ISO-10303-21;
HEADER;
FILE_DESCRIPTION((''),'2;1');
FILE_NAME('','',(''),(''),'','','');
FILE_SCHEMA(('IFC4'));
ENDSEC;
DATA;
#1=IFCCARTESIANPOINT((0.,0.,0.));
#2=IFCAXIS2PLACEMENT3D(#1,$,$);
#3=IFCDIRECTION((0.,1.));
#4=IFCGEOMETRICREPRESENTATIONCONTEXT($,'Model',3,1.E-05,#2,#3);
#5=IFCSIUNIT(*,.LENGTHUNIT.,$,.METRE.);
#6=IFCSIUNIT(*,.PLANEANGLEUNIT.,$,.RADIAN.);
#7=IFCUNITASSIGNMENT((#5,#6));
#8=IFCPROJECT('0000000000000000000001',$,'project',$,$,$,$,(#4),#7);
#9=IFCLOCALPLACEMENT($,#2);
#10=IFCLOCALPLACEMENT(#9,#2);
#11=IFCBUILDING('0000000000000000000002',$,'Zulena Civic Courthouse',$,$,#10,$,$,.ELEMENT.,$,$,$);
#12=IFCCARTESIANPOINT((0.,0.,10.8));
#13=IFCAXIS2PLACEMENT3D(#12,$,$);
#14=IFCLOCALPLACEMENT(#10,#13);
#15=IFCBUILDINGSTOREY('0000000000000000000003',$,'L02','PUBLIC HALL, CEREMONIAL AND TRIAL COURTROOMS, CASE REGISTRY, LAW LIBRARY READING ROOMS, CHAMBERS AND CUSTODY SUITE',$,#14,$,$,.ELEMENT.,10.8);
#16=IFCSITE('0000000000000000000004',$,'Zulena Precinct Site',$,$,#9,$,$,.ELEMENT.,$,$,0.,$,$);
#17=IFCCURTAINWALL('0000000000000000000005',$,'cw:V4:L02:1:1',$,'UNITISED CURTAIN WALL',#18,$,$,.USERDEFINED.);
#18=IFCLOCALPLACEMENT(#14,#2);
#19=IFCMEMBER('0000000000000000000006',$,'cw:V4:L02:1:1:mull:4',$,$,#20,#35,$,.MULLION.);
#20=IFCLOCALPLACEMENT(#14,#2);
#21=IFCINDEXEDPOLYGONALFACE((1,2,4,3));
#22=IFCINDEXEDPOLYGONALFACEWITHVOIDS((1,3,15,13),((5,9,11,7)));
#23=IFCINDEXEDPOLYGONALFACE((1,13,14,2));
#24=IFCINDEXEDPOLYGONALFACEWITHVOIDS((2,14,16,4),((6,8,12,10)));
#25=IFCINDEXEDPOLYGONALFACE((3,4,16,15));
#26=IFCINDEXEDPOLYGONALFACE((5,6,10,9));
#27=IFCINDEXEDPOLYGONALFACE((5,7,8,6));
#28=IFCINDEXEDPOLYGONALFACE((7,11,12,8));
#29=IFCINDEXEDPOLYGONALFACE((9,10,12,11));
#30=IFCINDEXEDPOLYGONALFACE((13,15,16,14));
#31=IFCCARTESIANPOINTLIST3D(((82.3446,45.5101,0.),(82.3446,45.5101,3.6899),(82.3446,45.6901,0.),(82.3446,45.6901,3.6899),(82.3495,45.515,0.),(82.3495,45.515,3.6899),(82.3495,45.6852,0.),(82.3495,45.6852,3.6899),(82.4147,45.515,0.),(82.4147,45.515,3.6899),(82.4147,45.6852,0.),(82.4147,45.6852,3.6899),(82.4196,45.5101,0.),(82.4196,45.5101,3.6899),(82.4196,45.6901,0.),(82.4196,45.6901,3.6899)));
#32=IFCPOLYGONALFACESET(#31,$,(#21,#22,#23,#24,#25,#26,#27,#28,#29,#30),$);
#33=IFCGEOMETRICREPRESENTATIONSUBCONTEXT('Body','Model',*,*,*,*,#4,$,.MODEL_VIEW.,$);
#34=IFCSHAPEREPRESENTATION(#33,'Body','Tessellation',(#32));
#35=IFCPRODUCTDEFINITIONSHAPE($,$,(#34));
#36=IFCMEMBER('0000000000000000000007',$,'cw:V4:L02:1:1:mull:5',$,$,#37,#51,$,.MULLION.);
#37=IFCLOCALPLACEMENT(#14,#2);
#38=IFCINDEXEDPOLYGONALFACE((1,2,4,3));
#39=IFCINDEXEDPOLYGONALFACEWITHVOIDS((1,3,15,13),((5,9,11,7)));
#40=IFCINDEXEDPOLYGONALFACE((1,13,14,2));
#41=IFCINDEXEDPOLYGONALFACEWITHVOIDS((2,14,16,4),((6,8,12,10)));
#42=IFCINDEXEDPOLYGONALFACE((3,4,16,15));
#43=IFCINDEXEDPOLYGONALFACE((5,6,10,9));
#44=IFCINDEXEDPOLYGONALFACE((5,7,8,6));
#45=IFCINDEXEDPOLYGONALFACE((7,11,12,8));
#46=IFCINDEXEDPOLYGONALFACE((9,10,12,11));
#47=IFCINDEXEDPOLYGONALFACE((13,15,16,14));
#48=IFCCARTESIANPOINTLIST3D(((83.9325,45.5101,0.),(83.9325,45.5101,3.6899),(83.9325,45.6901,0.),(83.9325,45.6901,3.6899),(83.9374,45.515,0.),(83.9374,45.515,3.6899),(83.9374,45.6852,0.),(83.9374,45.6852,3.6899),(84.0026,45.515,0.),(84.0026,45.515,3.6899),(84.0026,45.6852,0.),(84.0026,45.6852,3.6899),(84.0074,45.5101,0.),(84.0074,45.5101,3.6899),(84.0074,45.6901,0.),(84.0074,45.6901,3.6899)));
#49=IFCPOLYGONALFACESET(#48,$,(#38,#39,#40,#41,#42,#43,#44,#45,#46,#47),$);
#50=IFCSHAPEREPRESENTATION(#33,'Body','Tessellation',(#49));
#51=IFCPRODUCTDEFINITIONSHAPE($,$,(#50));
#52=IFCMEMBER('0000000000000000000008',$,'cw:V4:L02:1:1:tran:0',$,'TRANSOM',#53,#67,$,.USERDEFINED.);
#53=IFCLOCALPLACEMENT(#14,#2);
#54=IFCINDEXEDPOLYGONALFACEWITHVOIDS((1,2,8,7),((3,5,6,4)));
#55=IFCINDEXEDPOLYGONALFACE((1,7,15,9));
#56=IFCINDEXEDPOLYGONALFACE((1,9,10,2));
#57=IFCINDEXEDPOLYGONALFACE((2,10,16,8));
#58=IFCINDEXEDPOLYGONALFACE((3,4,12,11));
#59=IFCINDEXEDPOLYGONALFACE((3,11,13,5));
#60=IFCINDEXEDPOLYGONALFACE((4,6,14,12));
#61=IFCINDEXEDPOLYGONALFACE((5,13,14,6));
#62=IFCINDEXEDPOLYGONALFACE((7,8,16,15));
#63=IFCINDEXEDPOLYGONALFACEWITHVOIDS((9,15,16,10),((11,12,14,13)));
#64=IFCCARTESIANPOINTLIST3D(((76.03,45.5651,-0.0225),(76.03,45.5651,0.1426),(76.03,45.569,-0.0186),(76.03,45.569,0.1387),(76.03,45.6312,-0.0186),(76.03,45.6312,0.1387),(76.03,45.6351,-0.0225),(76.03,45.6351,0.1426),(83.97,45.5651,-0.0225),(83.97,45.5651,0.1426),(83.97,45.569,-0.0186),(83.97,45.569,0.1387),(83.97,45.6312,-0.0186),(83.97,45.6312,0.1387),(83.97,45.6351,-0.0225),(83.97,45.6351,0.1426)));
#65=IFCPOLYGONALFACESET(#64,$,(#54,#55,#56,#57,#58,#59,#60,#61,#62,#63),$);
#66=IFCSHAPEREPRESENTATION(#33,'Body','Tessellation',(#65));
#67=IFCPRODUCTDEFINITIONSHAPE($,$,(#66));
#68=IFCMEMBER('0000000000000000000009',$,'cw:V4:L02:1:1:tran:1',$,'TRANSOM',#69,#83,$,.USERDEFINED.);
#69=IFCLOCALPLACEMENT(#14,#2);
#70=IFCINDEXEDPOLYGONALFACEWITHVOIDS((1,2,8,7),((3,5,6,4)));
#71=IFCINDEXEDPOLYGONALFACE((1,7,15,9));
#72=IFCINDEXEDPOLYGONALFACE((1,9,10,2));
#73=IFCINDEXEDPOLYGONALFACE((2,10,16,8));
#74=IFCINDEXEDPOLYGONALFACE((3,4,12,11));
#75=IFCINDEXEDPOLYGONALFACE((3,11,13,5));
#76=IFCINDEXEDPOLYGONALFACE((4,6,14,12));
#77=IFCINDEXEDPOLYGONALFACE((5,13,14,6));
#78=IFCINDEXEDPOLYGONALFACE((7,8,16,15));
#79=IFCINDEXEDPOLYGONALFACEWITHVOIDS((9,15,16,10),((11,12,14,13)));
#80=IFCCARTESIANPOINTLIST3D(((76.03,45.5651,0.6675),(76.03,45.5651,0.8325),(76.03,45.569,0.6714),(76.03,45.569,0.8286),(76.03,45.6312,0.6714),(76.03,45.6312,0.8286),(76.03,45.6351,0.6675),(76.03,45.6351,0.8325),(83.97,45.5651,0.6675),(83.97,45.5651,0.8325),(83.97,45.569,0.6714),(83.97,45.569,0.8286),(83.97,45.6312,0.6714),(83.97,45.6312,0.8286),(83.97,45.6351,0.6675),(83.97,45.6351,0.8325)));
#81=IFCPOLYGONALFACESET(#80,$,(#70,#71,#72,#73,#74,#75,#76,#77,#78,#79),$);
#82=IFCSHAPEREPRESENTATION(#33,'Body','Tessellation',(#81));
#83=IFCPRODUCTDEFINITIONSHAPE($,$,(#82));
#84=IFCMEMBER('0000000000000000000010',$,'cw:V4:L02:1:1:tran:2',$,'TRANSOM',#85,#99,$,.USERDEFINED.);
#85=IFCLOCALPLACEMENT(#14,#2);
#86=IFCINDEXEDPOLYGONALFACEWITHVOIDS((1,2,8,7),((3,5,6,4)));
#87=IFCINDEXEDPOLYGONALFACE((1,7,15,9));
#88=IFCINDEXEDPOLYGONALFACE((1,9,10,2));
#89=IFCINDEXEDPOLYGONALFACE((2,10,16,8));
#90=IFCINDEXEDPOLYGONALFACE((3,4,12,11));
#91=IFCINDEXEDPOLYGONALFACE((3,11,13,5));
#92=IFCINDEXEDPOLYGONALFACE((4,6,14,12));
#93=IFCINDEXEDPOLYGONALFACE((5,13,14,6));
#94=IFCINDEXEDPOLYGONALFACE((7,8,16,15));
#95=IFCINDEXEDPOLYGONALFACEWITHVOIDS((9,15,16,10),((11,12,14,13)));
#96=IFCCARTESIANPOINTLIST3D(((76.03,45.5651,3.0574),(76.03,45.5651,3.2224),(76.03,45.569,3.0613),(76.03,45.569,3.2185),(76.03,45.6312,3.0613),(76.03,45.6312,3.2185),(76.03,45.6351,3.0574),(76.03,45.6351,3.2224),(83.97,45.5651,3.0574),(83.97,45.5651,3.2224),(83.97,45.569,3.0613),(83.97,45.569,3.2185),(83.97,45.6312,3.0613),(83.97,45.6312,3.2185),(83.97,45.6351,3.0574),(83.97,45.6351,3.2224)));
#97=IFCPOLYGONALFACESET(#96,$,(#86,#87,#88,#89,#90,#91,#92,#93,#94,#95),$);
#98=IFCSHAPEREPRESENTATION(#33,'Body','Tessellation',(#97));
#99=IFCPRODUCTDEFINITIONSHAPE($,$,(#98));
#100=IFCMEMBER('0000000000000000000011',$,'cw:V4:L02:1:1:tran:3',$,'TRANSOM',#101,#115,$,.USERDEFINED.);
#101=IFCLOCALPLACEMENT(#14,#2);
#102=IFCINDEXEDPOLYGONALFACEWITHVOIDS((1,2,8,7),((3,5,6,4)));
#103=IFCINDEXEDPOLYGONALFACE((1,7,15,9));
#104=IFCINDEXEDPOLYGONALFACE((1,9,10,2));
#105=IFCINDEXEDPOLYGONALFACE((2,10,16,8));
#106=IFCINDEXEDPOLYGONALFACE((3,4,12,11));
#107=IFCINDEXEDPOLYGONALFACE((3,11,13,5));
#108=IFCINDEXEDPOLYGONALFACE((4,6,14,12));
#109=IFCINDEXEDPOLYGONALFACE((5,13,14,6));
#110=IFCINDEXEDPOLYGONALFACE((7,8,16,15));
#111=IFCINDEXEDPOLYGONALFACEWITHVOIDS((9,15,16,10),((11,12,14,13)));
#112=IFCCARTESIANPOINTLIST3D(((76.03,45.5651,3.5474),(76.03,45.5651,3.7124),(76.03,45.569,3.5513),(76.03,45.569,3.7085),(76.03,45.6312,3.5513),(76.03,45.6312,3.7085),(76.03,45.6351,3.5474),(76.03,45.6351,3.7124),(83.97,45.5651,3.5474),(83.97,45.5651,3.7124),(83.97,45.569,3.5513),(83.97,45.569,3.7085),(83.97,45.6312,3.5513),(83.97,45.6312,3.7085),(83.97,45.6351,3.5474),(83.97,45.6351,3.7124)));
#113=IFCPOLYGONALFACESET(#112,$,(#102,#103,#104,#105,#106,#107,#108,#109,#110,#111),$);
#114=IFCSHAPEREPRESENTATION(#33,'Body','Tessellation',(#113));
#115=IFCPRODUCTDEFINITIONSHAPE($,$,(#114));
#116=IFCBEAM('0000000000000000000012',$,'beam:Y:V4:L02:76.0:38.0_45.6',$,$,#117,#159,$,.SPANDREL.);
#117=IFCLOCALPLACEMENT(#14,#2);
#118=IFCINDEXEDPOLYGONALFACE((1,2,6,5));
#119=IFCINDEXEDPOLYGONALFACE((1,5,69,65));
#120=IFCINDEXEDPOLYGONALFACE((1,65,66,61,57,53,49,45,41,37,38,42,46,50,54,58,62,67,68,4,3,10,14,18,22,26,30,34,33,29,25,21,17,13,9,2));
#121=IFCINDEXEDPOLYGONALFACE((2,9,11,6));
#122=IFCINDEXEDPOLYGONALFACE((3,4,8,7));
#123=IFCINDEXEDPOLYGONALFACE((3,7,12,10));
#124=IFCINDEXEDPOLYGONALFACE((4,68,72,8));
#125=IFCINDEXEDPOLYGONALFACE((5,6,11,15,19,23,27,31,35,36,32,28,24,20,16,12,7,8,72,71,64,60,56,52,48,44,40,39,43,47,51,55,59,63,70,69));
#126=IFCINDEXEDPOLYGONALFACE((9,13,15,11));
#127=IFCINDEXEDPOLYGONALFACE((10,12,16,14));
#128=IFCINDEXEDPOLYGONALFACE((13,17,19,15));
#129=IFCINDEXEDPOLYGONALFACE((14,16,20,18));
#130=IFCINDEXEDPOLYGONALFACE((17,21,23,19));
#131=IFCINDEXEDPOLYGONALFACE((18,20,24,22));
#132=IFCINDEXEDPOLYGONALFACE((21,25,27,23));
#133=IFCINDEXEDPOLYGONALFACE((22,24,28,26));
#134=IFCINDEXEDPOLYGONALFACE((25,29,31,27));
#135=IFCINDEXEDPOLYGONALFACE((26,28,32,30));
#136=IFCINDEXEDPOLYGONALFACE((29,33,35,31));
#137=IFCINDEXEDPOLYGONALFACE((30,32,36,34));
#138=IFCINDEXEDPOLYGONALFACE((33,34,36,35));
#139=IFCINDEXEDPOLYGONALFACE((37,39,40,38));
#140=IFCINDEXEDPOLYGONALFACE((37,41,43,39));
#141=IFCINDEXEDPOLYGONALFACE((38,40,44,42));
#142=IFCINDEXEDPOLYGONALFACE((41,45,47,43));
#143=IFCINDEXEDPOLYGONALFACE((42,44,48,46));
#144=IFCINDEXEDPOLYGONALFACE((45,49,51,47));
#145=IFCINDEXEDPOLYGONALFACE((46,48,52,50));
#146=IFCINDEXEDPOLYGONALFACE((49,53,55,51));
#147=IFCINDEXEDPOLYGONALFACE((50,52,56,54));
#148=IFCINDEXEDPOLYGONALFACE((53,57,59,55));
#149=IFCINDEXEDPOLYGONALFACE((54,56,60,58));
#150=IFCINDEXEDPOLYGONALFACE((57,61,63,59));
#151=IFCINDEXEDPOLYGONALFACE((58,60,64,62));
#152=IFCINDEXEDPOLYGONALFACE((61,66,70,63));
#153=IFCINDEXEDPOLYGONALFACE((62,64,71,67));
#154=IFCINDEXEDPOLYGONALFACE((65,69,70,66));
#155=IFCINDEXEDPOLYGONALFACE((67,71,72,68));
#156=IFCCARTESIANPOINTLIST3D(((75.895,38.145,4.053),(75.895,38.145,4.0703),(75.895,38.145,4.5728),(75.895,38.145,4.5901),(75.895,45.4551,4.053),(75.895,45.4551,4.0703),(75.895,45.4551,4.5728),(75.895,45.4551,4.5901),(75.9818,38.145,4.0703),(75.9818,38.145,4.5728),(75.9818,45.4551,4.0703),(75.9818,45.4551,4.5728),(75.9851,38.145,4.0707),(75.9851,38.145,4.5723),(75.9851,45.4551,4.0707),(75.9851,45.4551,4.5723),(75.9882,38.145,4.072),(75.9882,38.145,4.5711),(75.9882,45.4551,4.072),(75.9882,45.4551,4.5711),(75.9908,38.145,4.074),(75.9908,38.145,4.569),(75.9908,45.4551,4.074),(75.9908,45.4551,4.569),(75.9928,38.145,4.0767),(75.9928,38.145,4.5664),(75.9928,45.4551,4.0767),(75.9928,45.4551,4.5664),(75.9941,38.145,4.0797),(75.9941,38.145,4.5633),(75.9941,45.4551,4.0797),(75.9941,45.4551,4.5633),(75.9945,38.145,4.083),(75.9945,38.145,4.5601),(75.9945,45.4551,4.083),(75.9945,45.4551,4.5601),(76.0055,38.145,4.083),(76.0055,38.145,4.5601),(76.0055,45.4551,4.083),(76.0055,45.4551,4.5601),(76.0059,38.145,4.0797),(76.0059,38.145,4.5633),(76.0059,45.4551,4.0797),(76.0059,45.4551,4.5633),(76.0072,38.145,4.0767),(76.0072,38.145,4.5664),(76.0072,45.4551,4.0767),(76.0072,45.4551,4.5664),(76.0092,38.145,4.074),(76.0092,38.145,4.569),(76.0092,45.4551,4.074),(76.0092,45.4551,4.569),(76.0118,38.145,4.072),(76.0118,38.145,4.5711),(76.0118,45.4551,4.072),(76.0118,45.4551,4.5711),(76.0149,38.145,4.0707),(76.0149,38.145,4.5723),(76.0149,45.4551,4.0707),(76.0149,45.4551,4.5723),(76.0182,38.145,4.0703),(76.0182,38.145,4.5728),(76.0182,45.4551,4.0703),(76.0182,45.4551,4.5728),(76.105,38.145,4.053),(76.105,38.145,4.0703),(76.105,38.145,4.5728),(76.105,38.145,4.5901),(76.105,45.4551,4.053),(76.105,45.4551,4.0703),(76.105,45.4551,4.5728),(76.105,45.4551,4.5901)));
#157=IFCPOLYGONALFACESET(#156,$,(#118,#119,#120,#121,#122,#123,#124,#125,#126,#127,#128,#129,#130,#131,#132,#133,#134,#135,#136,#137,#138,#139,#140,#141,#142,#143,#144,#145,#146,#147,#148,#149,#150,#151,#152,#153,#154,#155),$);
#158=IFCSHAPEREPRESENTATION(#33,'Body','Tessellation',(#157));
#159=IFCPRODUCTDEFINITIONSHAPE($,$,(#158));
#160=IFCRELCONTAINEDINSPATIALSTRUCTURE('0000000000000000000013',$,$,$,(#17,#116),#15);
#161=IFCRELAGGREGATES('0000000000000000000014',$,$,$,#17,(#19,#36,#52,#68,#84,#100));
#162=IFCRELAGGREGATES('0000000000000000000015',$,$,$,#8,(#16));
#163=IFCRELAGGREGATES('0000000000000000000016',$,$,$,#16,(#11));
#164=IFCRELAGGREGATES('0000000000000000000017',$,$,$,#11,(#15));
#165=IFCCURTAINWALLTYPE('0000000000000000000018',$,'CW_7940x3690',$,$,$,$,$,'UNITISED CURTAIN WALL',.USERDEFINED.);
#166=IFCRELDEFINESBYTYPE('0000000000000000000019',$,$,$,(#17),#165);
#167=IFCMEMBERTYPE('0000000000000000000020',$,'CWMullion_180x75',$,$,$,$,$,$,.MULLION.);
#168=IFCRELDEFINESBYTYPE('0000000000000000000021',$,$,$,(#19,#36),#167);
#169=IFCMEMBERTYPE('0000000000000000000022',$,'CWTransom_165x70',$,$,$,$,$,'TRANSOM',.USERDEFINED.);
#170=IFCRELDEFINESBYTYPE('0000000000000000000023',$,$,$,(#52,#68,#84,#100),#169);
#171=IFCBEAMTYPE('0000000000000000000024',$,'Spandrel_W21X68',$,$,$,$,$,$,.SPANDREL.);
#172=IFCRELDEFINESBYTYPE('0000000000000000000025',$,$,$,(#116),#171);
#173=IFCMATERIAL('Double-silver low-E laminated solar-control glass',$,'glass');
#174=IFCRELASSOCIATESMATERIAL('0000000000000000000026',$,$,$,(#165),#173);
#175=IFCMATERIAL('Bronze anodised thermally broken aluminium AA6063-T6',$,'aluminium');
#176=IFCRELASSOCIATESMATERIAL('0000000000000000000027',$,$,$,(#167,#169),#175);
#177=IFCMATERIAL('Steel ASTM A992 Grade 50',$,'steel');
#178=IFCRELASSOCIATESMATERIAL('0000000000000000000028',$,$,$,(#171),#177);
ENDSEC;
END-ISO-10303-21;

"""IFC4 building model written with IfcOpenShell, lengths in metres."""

from ifc_helpers import new_model, si_unit, direction, frame, origin, origin_2d, place, context, subcontext, project, spatial, hollow_rectangle, i_section, extrude, material, material_profile, profile_set, type_object, element, aggregate, save


model = new_model("IFC4")

# Units and contexts
model_context = context("Model", 3, precision=1e-05, world=origin(), true_north=direction((0.0, 1.0)))
body_context = subcontext(model_context, "Body", "Model", "MODEL_VIEW")
ifc_project = project(units=[si_unit("LENGTHUNIT", "METRE"), si_unit("PLANEANGLEUNIT", "RADIAN")], contexts=[model_context])

# Site, building, storey
site_placement = place(None, origin())
site = spatial("IfcSite", under=ifc_project, at=site_placement, Name="Zulena Precinct Site", CompositionType="ELEMENT", RefElevation=0.0)
building_placement = place(site_placement, origin())
building = spatial("IfcBuilding", under=site, at=building_placement, Name="Zulena Civic Courthouse", CompositionType="ELEMENT")
storey_placement = place(building_placement, frame((0.0, 0.0, 10.8)))
storey = spatial("IfcBuildingStorey", under=building, at=storey_placement, Name="L02", Description="PUBLIC HALL, CEREMONIAL AND TRIAL COURTROOMS, CASE REGISTRY, LAW LIBRARY READING ROOMS, CHAMBERS AND CUSTODY SUITE", CompositionType="ELEMENT", Elevation=10.8)

# Shared definitions
ifc_material_1 = material(Name="Steel ASTM A992 Grade 50", Category="steel")

# Curtain wall, members
ifc_material_2 = material(Name="Double-silver low-E laminated solar-control glass", Category="glass")
curtain_wall_type = type_object("IfcCurtainWallType", Name="CW_7940x3690", ElementType="UNITISED CURTAIN WALL", PredefinedType="USERDEFINED", material=ifc_material_2)
ifc_material_3 = material(Name="Bronze anodised thermally broken aluminium AA6063-T6", Category="aluminium")
ifc_material_profile_1 = material_profile(ifc_material_3, hollow_rectangle(XDim=0.075, YDim=0.1799, WallThickness=0.0049, at=origin_2d()), Name="CWM180X75X5")
ifc_profile_set_1 = profile_set([ifc_material_profile_1], Name="Bronze anodised thermally broken aluminium AA6063-T6")
member_type_1 = type_object("IfcMemberType", Name="CWMullion_180x75", PredefinedType="MULLION", material=ifc_profile_set_1)
curtain_wall_1_placement = place(storey_placement, origin())
curtain_wall_1 = element("IfcCurtainWall", 1, at=curtain_wall_1_placement, inside=storey, type_object=curtain_wall_type, Name="cw:V4:L02:1:1", ObjectType="UNITISED CURTAIN WALL", PredefinedType="USERDEFINED")
member_1_placement = place(storey_placement, frame((82.3821, 45.6001, 0.0), z_axis=(0.0, 0.0, 1.0), x_axis=(1.0, 0.0, 0.0)))
member_1 = element("IfcMember", 2, at=member_1_placement, type_object=member_type_1, Name="cw:V4:L02:1:1:mull:4", PredefinedType="MULLION", context=body_context, shape_type="SweptSolid", body=[
    extrude(hollow_rectangle(XDim=0.075, YDim=0.1799, WallThickness=0.0049, at=origin_2d()), origin(), (0.0, 0.0, 1.0), 3.6899),
])
member_2_placement = place(storey_placement, frame((83.97, 45.6001, 0.0), z_axis=(0.0, 0.0, 1.0), x_axis=(1.0, 0.0, 0.0)))
member_2 = element("IfcMember", 3, at=member_2_placement, type_object=member_type_1, Name="cw:V4:L02:1:1:mull:5", PredefinedType="MULLION", context=body_context, shape_type="SweptSolid", body=[
    extrude(hollow_rectangle(XDim=0.075, YDim=0.1799, WallThickness=0.0049, at=origin_2d()), origin(), (0.0, 0.0, 1.0), 3.6899),
])
ifc_material_profile_2 = material_profile(ifc_material_3, hollow_rectangle(XDim=0.0701, YDim=0.165, WallThickness=0.0039, at=origin_2d()), Name="CWT165X70X4")
ifc_profile_set_2 = profile_set([ifc_material_profile_2], Name="Bronze anodised thermally broken aluminium AA6063-T6")
member_type_2 = type_object("IfcMemberType", Name="CWTransom_165x70", ElementType="TRANSOM", PredefinedType="USERDEFINED", material=ifc_profile_set_2)
member_3_placement = place(storey_placement, frame((76.03, 45.6001, 0.0601), z_axis=(1.0, 0.0, 0.0), x_axis=(0.0, 1.0, 0.0)))
member_3 = element("IfcMember", 4, at=member_3_placement, type_object=member_type_2, Name="cw:V4:L02:1:1:tran:0", ObjectType="TRANSOM", PredefinedType="USERDEFINED", context=body_context, shape_type="SweptSolid", body=[
    extrude(hollow_rectangle(XDim=0.0701, YDim=0.165, WallThickness=0.0039, at=origin_2d()), origin(), (0.0, 0.0, 1.0), 7.9399),
])
member_4_placement = place(storey_placement, frame((76.03, 45.6001, 0.75), z_axis=(1.0, 0.0, 0.0), x_axis=(0.0, 1.0, 0.0)))
member_4 = element("IfcMember", 5, at=member_4_placement, type_object=member_type_2, Name="cw:V4:L02:1:1:tran:1", ObjectType="TRANSOM", PredefinedType="USERDEFINED", context=body_context, shape_type="SweptSolid", body=[
    extrude(hollow_rectangle(XDim=0.0701, YDim=0.165, WallThickness=0.0039, at=origin_2d()), origin(), (0.0, 0.0, 1.0), 7.9399),
])
member_5_placement = place(storey_placement, frame((76.03, 45.6001, 3.1399), z_axis=(1.0, 0.0, 0.0), x_axis=(0.0, 1.0, 0.0)))
member_5 = element("IfcMember", 6, at=member_5_placement, type_object=member_type_2, Name="cw:V4:L02:1:1:tran:2", ObjectType="TRANSOM", PredefinedType="USERDEFINED", context=body_context, shape_type="SweptSolid", body=[
    extrude(hollow_rectangle(XDim=0.0701, YDim=0.165, WallThickness=0.0039, at=origin_2d()), origin(), (0.0, 0.0, 1.0), 7.9399),
])
member_6_placement = place(storey_placement, frame((76.03, 45.6001, 3.6299), z_axis=(1.0, 0.0, 0.0), x_axis=(0.0, 1.0, 0.0)))
member_6 = element("IfcMember", 7, at=member_6_placement, type_object=member_type_2, Name="cw:V4:L02:1:1:tran:3", ObjectType="TRANSOM", PredefinedType="USERDEFINED", context=body_context, shape_type="SweptSolid", body=[
    extrude(hollow_rectangle(XDim=0.0701, YDim=0.165, WallThickness=0.0039, at=origin_2d()), origin(), (0.0, 0.0, 1.0), 7.9399),
])

# Beam
ifc_material_profile_3 = material_profile(ifc_material_1, i_section(OverallWidth=0.21, OverallDepth=0.5371, WebThickness=0.011, FlangeThickness=0.0173, FilletRadius=0.0127, at=origin_2d()), Name="W21X68")
ifc_profile_set_3 = profile_set([ifc_material_profile_3], Name="Steel ASTM A992 Grade 50")
beam_type_1 = type_object("IfcBeamType", Name="Spandrel_W21X68", PredefinedType="SPANDREL", material=ifc_profile_set_3)
for number, where, z_axis, x_axis, name in (
    (8, (76.0, 38.145, 4.3215), (0.0, 1.0, 0.0), (-1.0, 0.0, 0.0), "beam:Y:V4:L02:76.0:38.0_45.6"),
):
    element("IfcBeam", number, at=place(storey_placement, frame(where, z_axis=z_axis, x_axis=x_axis)), inside=storey, type_object=beam_type_1, Name=name, PredefinedType="SPANDREL", context=body_context, shape_type="SweptSolid", body=[
        extrude(i_section(OverallWidth=0.21, OverallDepth=0.5371, WebThickness=0.011, FlangeThickness=0.0173, FilletRadius=0.0127, at=origin_2d()), origin(), (0.0, 0.0, 1.0), 7.3101),
    ])

aggregate(curtain_wall_1, [member_1, member_2, member_3, member_4, member_5, member_6])

save(model, "model.ifc")
